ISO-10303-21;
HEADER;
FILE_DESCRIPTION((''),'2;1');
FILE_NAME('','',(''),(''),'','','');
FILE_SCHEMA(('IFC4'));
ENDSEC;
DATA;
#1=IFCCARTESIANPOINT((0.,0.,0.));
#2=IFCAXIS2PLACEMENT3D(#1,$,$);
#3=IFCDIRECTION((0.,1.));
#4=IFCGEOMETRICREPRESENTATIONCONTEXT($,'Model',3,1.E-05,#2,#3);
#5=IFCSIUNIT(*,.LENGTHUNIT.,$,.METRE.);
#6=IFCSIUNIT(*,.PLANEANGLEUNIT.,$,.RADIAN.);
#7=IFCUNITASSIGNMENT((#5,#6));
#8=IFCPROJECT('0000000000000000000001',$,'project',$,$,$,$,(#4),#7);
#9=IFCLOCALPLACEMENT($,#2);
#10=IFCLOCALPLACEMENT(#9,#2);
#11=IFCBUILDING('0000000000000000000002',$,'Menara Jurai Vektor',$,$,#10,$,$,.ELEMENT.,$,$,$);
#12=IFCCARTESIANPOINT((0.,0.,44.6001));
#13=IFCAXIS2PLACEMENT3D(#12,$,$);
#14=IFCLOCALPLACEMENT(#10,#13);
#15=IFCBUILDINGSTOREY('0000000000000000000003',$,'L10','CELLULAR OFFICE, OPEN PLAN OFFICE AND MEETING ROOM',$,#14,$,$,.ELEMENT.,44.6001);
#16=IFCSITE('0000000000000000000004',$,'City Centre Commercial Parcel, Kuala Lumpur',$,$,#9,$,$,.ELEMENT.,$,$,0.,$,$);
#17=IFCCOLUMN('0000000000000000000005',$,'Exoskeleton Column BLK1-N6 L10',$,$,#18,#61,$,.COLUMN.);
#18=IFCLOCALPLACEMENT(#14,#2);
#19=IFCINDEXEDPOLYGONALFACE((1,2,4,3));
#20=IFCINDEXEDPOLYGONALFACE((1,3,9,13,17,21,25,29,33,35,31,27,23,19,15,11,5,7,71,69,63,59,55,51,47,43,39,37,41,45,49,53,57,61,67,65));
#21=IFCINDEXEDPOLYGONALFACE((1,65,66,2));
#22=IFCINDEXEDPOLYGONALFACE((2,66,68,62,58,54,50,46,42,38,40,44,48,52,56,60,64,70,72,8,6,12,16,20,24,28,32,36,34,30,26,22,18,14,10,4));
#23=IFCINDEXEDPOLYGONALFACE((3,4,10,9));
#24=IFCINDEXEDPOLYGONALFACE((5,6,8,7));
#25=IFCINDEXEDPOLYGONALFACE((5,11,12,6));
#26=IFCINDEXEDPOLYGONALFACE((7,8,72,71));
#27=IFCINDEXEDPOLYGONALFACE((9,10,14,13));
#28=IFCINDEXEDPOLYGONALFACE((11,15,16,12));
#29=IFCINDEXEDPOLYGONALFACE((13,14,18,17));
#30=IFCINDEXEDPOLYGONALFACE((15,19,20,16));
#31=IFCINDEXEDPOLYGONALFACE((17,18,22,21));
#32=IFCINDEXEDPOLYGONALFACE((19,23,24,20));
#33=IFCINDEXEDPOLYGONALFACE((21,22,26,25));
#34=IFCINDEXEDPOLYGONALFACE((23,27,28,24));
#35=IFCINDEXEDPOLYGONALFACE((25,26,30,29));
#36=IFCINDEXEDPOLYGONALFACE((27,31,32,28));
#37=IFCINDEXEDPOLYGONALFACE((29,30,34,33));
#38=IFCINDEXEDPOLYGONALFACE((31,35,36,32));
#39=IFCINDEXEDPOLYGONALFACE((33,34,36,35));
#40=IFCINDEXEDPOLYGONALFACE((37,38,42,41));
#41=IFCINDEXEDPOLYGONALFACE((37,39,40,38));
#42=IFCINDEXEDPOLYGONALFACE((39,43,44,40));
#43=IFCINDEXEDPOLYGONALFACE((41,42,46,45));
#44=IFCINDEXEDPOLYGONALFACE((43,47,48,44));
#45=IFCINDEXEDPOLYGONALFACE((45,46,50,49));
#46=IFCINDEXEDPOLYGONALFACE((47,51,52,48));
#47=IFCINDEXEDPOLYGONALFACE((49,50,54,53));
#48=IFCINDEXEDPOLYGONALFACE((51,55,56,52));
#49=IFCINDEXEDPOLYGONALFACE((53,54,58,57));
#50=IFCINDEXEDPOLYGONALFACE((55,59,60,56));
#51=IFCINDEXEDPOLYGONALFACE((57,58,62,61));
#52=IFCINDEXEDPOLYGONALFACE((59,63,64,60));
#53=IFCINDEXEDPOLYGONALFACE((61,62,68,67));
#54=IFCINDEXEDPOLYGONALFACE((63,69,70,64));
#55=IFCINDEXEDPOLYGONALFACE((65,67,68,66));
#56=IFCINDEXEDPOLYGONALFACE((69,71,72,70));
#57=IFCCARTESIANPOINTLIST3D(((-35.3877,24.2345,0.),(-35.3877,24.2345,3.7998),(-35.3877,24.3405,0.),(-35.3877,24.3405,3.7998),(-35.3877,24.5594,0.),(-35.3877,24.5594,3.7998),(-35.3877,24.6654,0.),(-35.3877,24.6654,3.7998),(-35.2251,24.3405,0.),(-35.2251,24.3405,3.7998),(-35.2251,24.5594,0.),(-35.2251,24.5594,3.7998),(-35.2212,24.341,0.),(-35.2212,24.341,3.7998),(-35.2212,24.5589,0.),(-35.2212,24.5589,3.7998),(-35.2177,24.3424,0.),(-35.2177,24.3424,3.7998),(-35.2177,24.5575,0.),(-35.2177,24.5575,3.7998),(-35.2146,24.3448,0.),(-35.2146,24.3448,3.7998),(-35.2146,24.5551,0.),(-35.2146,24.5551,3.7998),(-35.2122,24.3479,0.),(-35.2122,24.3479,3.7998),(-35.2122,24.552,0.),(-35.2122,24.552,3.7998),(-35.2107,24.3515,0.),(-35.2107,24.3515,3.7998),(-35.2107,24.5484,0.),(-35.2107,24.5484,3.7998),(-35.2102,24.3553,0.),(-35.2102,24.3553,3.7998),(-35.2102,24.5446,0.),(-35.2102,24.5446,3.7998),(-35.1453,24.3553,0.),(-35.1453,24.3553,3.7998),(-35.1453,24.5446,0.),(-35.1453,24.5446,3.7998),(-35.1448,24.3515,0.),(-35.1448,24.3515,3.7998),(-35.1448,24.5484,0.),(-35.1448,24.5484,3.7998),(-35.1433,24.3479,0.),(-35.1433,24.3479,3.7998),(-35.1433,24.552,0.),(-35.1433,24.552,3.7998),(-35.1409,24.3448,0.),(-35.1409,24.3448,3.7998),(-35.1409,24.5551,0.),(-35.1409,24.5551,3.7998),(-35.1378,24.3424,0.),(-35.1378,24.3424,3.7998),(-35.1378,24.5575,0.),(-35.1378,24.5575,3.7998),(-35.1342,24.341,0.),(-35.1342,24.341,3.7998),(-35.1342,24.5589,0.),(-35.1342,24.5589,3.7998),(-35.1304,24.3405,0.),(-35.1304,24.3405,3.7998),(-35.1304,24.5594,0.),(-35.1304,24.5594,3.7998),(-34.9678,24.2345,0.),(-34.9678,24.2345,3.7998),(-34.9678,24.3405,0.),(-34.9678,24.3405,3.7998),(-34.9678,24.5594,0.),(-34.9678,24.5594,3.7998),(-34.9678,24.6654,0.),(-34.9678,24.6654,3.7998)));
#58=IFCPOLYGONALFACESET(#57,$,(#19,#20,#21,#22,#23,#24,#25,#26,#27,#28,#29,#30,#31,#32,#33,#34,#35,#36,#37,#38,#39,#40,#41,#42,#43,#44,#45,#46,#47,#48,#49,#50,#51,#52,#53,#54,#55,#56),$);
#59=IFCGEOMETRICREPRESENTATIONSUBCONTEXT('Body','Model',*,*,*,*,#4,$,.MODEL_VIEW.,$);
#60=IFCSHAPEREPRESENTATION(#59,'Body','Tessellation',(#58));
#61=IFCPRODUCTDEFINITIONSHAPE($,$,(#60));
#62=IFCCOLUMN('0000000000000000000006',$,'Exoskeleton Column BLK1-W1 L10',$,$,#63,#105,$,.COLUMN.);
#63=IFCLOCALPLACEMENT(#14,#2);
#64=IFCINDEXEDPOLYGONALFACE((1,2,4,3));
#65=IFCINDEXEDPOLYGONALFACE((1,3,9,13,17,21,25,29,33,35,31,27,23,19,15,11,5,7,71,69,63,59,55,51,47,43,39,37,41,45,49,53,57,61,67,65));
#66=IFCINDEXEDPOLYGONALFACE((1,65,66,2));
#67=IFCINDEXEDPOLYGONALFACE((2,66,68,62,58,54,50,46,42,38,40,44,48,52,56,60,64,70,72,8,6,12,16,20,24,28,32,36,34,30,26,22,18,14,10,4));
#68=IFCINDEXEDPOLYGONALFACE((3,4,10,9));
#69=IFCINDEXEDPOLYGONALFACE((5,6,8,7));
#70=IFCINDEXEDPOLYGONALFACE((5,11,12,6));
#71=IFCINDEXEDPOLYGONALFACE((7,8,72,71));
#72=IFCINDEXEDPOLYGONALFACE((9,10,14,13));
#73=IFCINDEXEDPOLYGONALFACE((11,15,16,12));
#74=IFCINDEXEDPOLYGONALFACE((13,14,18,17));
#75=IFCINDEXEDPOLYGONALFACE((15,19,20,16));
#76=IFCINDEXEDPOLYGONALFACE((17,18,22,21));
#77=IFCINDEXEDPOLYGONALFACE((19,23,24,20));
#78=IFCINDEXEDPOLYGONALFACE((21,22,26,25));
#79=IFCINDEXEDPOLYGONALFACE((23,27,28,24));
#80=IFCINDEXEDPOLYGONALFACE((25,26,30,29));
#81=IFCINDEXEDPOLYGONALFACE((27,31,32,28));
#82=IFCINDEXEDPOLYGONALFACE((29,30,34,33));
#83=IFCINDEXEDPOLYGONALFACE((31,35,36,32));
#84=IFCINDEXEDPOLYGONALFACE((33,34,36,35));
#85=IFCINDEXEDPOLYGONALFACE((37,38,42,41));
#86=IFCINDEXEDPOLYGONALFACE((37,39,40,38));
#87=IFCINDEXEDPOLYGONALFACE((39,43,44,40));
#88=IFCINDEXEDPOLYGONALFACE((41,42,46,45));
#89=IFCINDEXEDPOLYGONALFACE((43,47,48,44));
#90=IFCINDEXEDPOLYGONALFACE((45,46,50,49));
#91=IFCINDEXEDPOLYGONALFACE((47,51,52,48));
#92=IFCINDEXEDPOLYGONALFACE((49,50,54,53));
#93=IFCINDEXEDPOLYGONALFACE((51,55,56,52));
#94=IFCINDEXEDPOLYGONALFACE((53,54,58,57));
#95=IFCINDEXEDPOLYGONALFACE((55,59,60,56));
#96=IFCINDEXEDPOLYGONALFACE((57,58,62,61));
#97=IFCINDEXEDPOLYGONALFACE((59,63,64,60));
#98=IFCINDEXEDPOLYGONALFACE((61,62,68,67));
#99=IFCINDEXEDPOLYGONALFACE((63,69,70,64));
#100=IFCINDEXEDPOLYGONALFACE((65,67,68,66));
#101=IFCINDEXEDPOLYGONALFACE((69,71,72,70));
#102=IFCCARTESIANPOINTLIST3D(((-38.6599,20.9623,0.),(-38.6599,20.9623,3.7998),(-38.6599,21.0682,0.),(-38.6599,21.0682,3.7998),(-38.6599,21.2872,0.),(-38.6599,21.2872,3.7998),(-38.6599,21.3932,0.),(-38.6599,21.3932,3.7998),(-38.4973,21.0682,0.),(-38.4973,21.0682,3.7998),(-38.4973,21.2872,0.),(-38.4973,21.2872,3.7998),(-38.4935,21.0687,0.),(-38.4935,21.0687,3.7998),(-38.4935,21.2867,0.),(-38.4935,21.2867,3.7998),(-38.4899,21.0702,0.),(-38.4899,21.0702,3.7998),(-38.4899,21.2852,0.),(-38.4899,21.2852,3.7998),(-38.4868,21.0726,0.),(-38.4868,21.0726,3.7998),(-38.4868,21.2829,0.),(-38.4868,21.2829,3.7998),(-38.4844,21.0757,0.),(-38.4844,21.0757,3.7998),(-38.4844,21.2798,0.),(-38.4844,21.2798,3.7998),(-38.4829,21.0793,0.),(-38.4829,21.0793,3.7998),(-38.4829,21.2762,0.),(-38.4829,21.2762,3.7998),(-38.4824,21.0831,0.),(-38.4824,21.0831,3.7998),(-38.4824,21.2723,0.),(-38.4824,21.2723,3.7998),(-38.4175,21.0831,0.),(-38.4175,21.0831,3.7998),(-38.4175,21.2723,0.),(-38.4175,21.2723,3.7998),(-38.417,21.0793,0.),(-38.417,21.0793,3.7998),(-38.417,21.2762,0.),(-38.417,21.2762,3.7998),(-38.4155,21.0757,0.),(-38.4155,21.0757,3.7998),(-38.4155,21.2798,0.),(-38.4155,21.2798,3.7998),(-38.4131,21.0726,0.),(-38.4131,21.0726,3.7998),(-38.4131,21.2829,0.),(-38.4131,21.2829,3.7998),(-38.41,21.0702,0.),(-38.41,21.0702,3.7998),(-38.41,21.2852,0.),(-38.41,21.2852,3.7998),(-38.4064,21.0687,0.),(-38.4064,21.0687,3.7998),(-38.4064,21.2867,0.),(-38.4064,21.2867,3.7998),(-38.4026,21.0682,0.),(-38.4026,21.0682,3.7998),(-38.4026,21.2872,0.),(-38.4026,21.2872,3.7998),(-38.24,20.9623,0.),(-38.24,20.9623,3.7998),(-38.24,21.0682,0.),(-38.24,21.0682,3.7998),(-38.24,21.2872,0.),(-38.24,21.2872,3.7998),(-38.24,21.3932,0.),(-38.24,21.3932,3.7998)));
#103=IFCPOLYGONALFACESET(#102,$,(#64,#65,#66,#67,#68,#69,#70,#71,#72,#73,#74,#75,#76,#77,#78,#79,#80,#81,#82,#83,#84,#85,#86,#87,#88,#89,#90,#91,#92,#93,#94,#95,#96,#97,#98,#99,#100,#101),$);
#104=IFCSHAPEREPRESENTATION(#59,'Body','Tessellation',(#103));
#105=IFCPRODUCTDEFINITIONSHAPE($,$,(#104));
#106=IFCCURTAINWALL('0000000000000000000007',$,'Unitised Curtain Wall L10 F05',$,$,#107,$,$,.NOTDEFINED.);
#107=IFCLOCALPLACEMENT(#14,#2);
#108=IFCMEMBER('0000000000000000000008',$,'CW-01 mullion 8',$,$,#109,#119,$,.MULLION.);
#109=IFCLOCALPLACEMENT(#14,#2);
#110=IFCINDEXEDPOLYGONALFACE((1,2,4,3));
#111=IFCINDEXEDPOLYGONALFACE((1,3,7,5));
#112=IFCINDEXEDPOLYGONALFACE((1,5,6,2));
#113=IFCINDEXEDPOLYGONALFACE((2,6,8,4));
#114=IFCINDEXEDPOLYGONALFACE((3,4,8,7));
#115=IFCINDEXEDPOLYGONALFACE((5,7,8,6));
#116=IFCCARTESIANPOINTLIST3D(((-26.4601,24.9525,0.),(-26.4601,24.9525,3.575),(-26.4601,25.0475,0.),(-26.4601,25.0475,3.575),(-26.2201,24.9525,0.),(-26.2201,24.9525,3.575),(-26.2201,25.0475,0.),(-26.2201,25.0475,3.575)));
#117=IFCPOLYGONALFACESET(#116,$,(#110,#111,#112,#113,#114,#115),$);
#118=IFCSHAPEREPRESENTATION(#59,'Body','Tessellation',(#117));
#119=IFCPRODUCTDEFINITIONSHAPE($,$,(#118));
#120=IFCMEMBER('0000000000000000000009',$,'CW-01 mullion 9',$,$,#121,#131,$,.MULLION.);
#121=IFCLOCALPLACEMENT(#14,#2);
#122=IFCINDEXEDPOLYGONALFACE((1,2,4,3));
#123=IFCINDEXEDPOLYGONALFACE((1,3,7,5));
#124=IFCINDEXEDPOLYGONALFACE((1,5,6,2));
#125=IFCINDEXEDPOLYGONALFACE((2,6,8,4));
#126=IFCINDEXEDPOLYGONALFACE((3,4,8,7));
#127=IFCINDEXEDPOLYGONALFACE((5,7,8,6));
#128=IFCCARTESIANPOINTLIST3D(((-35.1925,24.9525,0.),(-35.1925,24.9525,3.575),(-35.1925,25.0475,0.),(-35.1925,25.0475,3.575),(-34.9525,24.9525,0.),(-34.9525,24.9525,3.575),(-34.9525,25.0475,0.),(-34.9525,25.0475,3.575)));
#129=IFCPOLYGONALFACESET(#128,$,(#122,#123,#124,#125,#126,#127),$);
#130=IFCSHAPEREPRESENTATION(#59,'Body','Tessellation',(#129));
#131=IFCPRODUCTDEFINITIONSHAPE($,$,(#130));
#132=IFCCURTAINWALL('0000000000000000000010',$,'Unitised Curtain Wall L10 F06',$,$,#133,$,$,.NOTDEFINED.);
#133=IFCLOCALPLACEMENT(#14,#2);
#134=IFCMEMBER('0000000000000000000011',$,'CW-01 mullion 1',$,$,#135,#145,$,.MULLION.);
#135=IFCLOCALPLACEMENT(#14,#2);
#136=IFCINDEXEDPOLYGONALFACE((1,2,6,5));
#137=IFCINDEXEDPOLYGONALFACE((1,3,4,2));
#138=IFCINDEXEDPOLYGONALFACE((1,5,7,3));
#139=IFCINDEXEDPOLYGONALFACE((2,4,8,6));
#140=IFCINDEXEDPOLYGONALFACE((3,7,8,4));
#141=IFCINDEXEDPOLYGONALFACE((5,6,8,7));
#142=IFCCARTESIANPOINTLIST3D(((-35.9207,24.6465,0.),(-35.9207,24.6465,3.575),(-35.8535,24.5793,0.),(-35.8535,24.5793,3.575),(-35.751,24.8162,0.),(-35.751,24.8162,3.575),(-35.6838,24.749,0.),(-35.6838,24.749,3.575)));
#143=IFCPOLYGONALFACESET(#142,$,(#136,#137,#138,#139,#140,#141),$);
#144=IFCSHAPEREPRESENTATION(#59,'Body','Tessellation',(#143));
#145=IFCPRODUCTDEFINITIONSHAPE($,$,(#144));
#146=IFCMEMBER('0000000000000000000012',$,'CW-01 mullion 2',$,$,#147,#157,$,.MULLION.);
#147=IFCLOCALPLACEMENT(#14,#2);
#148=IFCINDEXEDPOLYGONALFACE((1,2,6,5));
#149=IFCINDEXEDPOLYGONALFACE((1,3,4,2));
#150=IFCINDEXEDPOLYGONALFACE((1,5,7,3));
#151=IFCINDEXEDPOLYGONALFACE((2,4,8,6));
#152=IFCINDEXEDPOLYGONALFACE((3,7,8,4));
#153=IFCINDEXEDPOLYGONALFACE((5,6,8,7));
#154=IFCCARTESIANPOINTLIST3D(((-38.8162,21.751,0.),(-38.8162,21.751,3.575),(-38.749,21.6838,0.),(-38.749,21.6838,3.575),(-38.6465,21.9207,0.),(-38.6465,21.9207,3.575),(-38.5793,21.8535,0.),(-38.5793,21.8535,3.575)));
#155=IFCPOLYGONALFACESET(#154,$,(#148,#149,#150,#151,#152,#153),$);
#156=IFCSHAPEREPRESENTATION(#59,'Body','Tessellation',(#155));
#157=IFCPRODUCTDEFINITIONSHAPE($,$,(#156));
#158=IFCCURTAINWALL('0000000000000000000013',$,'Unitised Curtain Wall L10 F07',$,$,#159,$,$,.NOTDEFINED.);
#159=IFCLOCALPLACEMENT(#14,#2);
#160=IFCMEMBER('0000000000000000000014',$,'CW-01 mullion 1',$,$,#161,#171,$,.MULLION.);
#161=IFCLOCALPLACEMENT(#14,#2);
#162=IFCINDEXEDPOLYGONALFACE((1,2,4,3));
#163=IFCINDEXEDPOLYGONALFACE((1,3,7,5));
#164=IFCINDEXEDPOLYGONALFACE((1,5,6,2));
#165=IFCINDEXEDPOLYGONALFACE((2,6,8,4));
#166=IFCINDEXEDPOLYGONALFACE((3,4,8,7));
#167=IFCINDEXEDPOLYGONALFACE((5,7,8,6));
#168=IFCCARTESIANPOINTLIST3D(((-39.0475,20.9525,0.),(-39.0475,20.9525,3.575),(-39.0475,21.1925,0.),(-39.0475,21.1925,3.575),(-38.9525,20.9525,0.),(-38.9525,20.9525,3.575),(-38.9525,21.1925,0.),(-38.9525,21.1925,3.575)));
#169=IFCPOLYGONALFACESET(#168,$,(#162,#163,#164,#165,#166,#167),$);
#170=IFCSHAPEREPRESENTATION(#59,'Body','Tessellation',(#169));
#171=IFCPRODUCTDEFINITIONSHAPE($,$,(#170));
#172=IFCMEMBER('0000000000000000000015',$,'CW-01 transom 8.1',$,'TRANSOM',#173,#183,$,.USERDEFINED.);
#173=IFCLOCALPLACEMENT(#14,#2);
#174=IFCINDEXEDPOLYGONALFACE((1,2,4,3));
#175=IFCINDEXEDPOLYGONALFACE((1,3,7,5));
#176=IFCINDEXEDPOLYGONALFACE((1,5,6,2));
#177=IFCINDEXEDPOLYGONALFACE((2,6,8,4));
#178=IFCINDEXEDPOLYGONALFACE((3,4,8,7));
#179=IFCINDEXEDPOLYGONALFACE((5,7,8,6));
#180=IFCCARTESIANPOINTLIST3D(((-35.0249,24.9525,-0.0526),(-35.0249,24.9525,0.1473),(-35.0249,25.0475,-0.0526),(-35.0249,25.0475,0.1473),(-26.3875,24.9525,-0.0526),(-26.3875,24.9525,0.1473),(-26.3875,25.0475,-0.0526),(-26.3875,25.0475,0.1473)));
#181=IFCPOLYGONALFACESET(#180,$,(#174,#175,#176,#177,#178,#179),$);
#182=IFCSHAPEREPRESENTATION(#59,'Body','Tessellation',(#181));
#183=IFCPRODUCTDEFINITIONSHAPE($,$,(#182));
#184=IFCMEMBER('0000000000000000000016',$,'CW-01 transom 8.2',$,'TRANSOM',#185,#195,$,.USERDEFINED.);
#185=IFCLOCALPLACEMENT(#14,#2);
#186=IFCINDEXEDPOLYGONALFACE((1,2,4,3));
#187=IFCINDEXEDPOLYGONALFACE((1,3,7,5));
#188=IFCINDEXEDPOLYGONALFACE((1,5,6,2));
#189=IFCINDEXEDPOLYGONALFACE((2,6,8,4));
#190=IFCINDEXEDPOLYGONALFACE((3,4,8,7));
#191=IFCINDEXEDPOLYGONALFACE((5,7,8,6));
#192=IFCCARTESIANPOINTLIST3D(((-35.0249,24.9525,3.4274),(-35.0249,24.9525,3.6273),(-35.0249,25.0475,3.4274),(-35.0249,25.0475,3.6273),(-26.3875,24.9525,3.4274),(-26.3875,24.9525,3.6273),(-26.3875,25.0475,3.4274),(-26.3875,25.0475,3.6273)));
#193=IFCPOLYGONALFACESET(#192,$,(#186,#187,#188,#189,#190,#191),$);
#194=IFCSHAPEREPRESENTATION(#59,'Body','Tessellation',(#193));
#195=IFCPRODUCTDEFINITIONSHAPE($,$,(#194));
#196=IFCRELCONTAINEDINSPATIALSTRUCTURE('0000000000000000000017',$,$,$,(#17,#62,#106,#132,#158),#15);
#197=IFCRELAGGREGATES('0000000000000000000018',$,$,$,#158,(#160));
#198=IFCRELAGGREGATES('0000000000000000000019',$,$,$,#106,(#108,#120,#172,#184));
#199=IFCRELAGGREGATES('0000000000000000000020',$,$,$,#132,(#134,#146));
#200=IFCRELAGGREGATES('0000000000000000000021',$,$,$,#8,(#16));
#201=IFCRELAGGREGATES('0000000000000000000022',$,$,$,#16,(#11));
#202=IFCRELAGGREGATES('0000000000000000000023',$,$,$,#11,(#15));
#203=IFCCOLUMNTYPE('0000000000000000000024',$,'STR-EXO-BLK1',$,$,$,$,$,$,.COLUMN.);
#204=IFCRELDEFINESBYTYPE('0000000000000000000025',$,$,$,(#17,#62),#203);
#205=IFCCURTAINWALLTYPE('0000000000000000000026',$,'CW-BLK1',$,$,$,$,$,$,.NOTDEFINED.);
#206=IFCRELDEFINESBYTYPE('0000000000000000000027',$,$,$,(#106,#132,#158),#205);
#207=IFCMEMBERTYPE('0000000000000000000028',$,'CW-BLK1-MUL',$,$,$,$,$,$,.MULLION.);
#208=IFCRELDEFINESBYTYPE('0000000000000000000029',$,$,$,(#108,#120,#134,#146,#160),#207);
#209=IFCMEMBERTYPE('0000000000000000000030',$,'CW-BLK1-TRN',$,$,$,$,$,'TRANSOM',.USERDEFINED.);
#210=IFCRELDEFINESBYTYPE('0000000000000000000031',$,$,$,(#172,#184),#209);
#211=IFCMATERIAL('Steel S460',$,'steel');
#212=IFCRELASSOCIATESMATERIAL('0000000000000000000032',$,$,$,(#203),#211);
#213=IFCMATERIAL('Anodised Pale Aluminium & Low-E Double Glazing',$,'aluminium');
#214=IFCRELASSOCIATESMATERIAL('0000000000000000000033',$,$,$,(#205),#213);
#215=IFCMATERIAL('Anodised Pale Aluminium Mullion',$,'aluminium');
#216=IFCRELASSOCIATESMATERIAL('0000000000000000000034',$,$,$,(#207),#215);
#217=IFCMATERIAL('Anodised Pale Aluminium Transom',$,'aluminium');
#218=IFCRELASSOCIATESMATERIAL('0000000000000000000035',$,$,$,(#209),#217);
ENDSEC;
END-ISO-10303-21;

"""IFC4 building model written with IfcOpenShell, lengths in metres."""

from ifc_helpers import new_model, si_unit, direction, frame, origin, origin_2d, place, context, subcontext, project, spatial, rectangle, i_section, extrude, material, material_profile, profile_set, type_object, element, aggregate, save


model = new_model("IFC4")

# Units and contexts
model_context = context("Model", 3, precision=1e-05, world=origin(), true_north=direction((0.0, 1.0)))
body_context = subcontext(model_context, "Body", "Model", "MODEL_VIEW")
ifc_project = project(units=[si_unit("LENGTHUNIT", "METRE"), si_unit("PLANEANGLEUNIT", "RADIAN")], contexts=[model_context])

# Site, building, storey
site_placement = place(None, origin())
site = spatial("IfcSite", under=ifc_project, at=site_placement, Name="City Centre Commercial Parcel, Kuala Lumpur", CompositionType="ELEMENT", RefElevation=0.0)
building_placement = place(site_placement, origin())
building = spatial("IfcBuilding", under=site, at=building_placement, Name="Menara Jurai Vektor", CompositionType="ELEMENT")
storey_placement = place(building_placement, frame((0.0, 0.0, 44.6001)))
storey = spatial("IfcBuildingStorey", under=building, at=storey_placement, Name="L10", Description="CELLULAR OFFICE, OPEN PLAN OFFICE AND MEETING ROOM", CompositionType="ELEMENT", Elevation=44.6001)

# Columns
ifc_material_1 = material(Name="Steel S460", Category="steel")
ifc_material_profile_1 = material_profile(ifc_material_1, i_section(OverallWidth=0.4199, OverallDepth=0.4309, WebThickness=0.0649, FlangeThickness=0.106, FilletRadius=0.0149, at=origin_2d()), Name="HD 400x900")
ifc_profile_set_1 = profile_set([ifc_material_profile_1], Name="Steel S460")
column_type = type_object("IfcColumnType", Name="STR-EXO-BLK1", PredefinedType="COLUMN", material=ifc_profile_set_1)
for number, where, z_axis, x_axis, name in (
    (1, (-35.1777, 24.45, 0.0), (0.0, 0.0, 1.0), (1.0, 0.0, 0.0), "Exoskeleton Column BLK1-N6 L10"),
    (2, (-38.45, 21.1777, 0.0), (0.0, 0.0, 1.0), (1.0, 0.0, 0.0), "Exoskeleton Column BLK1-W1 L10"),
):
    element("IfcColumn", number, at=place(storey_placement, frame(where, z_axis=z_axis, x_axis=x_axis)), inside=storey, type_object=column_type, Name=name, PredefinedType="COLUMN", context=body_context, shape_type="SweptSolid", body=[
        extrude(i_section(OverallWidth=0.4199, OverallDepth=0.4309, WebThickness=0.0649, FlangeThickness=0.106, FilletRadius=0.0149, at=origin_2d()), origin(), (0.0, 0.0, 1.0), 3.7998),
    ])

# Curtain walls, members
ifc_material_2 = material(Name="Anodised Pale Aluminium & Low-E Double Glazing", Category="aluminium")
curtain_wall_type = type_object("IfcCurtainWallType", Name="CW-BLK1", PredefinedType="NOTDEFINED", material=ifc_material_2)
curtain_wall_1_placement = place(storey_placement, origin())
curtain_wall_1 = element("IfcCurtainWall", 3, at=curtain_wall_1_placement, inside=storey, type_object=curtain_wall_type, Name="Unitised Curtain Wall L10 F05", PredefinedType="NOTDEFINED")
ifc_material_3 = material(Name="Anodised Pale Aluminium Mullion", Category="aluminium")
ifc_material_profile_2 = material_profile(ifc_material_3, rectangle(XDim=0.095, YDim=0.24, at=origin_2d()), Name="ALU MUL 95x240")
ifc_profile_set_2 = profile_set([ifc_material_profile_2], Name="Anodised Pale Aluminium Mullion")
member_type_1 = type_object("IfcMemberType", Name="CW-BLK1-MUL", PredefinedType="MULLION", material=ifc_profile_set_2)
member_1_placement = place(storey_placement, frame((-26.3401, 25.0, 0.0), z_axis=(0.0, 0.0, 1.0), x_axis=(0.0, -1.0, 0.0)))
member_1 = element("IfcMember", 4, at=member_1_placement, type_object=member_type_1, Name="CW-01 mullion 8", PredefinedType="MULLION", context=body_context, shape_type="SweptSolid", body=[
    extrude(rectangle(XDim=0.095, YDim=0.24, at=origin_2d()), origin(), (0.0, 0.0, 1.0), 3.575),
])
member_2_placement = place(storey_placement, frame((-35.0725, 25.0, 0.0), z_axis=(0.0, 0.0, 1.0), x_axis=(0.0, -1.0, 0.0)))
member_2 = element("IfcMember", 5, at=member_2_placement, type_object=member_type_1, Name="CW-01 mullion 9", PredefinedType="MULLION", context=body_context, shape_type="SweptSolid", body=[
    extrude(rectangle(XDim=0.095, YDim=0.24, at=origin_2d()), origin(), (0.0, 0.0, 1.0), 3.575),
])
curtain_wall_2_placement = place(storey_placement, origin())
curtain_wall_2 = element("IfcCurtainWall", 6, at=curtain_wall_2_placement, inside=storey, type_object=curtain_wall_type, Name="Unitised Curtain Wall L10 F06", PredefinedType="NOTDEFINED")
member_3_placement = place(storey_placement, frame((-35.8022, 24.6978, 0.0), z_axis=(0.0, 0.0, 1.0), x_axis=(0.707107, -0.707107, 0.0)))
member_3 = element("IfcMember", 7, at=member_3_placement, type_object=member_type_1, Name="CW-01 mullion 1", PredefinedType="MULLION", context=body_context, shape_type="SweptSolid", body=[
    extrude(rectangle(XDim=0.095, YDim=0.24, at=origin_2d()), origin(), (0.0, 0.0, 1.0), 3.575),
])
member_4_placement = place(storey_placement, frame((-38.6978, 21.8022, 0.0), z_axis=(0.0, 0.0, 1.0), x_axis=(0.707107, -0.707107, 0.0)))
member_4 = element("IfcMember", 8, at=member_4_placement, type_object=member_type_1, Name="CW-01 mullion 2", PredefinedType="MULLION", context=body_context, shape_type="SweptSolid", body=[
    extrude(rectangle(XDim=0.095, YDim=0.24, at=origin_2d()), origin(), (0.0, 0.0, 1.0), 3.575),
])

# Curtain wall, member
curtain_wall_3_placement = place(storey_placement, origin())
curtain_wall_3 = element("IfcCurtainWall", 9, at=curtain_wall_3_placement, inside=storey, type_object=curtain_wall_type, Name="Unitised Curtain Wall L10 F07", PredefinedType="NOTDEFINED")
member_5_placement = place(storey_placement, frame((-39.0, 21.0725, 0.0), z_axis=(0.0, 0.0, 1.0), x_axis=(1.0, 0.0, 0.0)))
member_5 = element("IfcMember", 10, at=member_5_placement, type_object=member_type_1, Name="CW-01 mullion 1", PredefinedType="MULLION", context=body_context, shape_type="SweptSolid", body=[
    extrude(rectangle(XDim=0.095, YDim=0.24, at=origin_2d()), origin(), (0.0, 0.0, 1.0), 3.575),
])
aggregate(curtain_wall_3, [member_5])

# Members
ifc_material_4 = material(Name="Anodised Pale Aluminium Transom", Category="aluminium")
ifc_material_profile_3 = material_profile(ifc_material_4, rectangle(XDim=0.095, YDim=0.2, at=origin_2d()), Name="ALU TRN 95x200")
ifc_profile_set_3 = profile_set([ifc_material_profile_3], Name="Anodised Pale Aluminium Transom")
member_type_2 = type_object("IfcMemberType", Name="CW-BLK1-TRN", ElementType="TRANSOM", PredefinedType="USERDEFINED", material=ifc_profile_set_3)
member_6_placement = place(storey_placement, frame((-26.3875, 25.0, 0.0474), z_axis=(-1.0, 0.0, 0.0), x_axis=(0.0, -1.0, 0.0)))
member_6 = element("IfcMember", 11, at=member_6_placement, type_object=member_type_2, Name="CW-01 transom 8.1", ObjectType="TRANSOM", PredefinedType="USERDEFINED", context=body_context, shape_type="SweptSolid", body=[
    extrude(rectangle(XDim=0.095, YDim=0.2, at=origin_2d()), origin(), (0.0, 0.0, 1.0), 8.6375),
])
member_7_placement = place(storey_placement, frame((-26.3875, 25.0, 3.5273), z_axis=(-1.0, 0.0, 0.0), x_axis=(0.0, -1.0, 0.0)))
member_7 = element("IfcMember", 12, at=member_7_placement, type_object=member_type_2, Name="CW-01 transom 8.2", ObjectType="TRANSOM", PredefinedType="USERDEFINED", context=body_context, shape_type="SweptSolid", body=[
    extrude(rectangle(XDim=0.095, YDim=0.2, at=origin_2d()), origin(), (0.0, 0.0, 1.0), 8.6375),
])

aggregate(curtain_wall_1, [member_1, member_2, member_6, member_7])
aggregate(curtain_wall_2, [member_3, member_4])

save(model, "model.ifc")
